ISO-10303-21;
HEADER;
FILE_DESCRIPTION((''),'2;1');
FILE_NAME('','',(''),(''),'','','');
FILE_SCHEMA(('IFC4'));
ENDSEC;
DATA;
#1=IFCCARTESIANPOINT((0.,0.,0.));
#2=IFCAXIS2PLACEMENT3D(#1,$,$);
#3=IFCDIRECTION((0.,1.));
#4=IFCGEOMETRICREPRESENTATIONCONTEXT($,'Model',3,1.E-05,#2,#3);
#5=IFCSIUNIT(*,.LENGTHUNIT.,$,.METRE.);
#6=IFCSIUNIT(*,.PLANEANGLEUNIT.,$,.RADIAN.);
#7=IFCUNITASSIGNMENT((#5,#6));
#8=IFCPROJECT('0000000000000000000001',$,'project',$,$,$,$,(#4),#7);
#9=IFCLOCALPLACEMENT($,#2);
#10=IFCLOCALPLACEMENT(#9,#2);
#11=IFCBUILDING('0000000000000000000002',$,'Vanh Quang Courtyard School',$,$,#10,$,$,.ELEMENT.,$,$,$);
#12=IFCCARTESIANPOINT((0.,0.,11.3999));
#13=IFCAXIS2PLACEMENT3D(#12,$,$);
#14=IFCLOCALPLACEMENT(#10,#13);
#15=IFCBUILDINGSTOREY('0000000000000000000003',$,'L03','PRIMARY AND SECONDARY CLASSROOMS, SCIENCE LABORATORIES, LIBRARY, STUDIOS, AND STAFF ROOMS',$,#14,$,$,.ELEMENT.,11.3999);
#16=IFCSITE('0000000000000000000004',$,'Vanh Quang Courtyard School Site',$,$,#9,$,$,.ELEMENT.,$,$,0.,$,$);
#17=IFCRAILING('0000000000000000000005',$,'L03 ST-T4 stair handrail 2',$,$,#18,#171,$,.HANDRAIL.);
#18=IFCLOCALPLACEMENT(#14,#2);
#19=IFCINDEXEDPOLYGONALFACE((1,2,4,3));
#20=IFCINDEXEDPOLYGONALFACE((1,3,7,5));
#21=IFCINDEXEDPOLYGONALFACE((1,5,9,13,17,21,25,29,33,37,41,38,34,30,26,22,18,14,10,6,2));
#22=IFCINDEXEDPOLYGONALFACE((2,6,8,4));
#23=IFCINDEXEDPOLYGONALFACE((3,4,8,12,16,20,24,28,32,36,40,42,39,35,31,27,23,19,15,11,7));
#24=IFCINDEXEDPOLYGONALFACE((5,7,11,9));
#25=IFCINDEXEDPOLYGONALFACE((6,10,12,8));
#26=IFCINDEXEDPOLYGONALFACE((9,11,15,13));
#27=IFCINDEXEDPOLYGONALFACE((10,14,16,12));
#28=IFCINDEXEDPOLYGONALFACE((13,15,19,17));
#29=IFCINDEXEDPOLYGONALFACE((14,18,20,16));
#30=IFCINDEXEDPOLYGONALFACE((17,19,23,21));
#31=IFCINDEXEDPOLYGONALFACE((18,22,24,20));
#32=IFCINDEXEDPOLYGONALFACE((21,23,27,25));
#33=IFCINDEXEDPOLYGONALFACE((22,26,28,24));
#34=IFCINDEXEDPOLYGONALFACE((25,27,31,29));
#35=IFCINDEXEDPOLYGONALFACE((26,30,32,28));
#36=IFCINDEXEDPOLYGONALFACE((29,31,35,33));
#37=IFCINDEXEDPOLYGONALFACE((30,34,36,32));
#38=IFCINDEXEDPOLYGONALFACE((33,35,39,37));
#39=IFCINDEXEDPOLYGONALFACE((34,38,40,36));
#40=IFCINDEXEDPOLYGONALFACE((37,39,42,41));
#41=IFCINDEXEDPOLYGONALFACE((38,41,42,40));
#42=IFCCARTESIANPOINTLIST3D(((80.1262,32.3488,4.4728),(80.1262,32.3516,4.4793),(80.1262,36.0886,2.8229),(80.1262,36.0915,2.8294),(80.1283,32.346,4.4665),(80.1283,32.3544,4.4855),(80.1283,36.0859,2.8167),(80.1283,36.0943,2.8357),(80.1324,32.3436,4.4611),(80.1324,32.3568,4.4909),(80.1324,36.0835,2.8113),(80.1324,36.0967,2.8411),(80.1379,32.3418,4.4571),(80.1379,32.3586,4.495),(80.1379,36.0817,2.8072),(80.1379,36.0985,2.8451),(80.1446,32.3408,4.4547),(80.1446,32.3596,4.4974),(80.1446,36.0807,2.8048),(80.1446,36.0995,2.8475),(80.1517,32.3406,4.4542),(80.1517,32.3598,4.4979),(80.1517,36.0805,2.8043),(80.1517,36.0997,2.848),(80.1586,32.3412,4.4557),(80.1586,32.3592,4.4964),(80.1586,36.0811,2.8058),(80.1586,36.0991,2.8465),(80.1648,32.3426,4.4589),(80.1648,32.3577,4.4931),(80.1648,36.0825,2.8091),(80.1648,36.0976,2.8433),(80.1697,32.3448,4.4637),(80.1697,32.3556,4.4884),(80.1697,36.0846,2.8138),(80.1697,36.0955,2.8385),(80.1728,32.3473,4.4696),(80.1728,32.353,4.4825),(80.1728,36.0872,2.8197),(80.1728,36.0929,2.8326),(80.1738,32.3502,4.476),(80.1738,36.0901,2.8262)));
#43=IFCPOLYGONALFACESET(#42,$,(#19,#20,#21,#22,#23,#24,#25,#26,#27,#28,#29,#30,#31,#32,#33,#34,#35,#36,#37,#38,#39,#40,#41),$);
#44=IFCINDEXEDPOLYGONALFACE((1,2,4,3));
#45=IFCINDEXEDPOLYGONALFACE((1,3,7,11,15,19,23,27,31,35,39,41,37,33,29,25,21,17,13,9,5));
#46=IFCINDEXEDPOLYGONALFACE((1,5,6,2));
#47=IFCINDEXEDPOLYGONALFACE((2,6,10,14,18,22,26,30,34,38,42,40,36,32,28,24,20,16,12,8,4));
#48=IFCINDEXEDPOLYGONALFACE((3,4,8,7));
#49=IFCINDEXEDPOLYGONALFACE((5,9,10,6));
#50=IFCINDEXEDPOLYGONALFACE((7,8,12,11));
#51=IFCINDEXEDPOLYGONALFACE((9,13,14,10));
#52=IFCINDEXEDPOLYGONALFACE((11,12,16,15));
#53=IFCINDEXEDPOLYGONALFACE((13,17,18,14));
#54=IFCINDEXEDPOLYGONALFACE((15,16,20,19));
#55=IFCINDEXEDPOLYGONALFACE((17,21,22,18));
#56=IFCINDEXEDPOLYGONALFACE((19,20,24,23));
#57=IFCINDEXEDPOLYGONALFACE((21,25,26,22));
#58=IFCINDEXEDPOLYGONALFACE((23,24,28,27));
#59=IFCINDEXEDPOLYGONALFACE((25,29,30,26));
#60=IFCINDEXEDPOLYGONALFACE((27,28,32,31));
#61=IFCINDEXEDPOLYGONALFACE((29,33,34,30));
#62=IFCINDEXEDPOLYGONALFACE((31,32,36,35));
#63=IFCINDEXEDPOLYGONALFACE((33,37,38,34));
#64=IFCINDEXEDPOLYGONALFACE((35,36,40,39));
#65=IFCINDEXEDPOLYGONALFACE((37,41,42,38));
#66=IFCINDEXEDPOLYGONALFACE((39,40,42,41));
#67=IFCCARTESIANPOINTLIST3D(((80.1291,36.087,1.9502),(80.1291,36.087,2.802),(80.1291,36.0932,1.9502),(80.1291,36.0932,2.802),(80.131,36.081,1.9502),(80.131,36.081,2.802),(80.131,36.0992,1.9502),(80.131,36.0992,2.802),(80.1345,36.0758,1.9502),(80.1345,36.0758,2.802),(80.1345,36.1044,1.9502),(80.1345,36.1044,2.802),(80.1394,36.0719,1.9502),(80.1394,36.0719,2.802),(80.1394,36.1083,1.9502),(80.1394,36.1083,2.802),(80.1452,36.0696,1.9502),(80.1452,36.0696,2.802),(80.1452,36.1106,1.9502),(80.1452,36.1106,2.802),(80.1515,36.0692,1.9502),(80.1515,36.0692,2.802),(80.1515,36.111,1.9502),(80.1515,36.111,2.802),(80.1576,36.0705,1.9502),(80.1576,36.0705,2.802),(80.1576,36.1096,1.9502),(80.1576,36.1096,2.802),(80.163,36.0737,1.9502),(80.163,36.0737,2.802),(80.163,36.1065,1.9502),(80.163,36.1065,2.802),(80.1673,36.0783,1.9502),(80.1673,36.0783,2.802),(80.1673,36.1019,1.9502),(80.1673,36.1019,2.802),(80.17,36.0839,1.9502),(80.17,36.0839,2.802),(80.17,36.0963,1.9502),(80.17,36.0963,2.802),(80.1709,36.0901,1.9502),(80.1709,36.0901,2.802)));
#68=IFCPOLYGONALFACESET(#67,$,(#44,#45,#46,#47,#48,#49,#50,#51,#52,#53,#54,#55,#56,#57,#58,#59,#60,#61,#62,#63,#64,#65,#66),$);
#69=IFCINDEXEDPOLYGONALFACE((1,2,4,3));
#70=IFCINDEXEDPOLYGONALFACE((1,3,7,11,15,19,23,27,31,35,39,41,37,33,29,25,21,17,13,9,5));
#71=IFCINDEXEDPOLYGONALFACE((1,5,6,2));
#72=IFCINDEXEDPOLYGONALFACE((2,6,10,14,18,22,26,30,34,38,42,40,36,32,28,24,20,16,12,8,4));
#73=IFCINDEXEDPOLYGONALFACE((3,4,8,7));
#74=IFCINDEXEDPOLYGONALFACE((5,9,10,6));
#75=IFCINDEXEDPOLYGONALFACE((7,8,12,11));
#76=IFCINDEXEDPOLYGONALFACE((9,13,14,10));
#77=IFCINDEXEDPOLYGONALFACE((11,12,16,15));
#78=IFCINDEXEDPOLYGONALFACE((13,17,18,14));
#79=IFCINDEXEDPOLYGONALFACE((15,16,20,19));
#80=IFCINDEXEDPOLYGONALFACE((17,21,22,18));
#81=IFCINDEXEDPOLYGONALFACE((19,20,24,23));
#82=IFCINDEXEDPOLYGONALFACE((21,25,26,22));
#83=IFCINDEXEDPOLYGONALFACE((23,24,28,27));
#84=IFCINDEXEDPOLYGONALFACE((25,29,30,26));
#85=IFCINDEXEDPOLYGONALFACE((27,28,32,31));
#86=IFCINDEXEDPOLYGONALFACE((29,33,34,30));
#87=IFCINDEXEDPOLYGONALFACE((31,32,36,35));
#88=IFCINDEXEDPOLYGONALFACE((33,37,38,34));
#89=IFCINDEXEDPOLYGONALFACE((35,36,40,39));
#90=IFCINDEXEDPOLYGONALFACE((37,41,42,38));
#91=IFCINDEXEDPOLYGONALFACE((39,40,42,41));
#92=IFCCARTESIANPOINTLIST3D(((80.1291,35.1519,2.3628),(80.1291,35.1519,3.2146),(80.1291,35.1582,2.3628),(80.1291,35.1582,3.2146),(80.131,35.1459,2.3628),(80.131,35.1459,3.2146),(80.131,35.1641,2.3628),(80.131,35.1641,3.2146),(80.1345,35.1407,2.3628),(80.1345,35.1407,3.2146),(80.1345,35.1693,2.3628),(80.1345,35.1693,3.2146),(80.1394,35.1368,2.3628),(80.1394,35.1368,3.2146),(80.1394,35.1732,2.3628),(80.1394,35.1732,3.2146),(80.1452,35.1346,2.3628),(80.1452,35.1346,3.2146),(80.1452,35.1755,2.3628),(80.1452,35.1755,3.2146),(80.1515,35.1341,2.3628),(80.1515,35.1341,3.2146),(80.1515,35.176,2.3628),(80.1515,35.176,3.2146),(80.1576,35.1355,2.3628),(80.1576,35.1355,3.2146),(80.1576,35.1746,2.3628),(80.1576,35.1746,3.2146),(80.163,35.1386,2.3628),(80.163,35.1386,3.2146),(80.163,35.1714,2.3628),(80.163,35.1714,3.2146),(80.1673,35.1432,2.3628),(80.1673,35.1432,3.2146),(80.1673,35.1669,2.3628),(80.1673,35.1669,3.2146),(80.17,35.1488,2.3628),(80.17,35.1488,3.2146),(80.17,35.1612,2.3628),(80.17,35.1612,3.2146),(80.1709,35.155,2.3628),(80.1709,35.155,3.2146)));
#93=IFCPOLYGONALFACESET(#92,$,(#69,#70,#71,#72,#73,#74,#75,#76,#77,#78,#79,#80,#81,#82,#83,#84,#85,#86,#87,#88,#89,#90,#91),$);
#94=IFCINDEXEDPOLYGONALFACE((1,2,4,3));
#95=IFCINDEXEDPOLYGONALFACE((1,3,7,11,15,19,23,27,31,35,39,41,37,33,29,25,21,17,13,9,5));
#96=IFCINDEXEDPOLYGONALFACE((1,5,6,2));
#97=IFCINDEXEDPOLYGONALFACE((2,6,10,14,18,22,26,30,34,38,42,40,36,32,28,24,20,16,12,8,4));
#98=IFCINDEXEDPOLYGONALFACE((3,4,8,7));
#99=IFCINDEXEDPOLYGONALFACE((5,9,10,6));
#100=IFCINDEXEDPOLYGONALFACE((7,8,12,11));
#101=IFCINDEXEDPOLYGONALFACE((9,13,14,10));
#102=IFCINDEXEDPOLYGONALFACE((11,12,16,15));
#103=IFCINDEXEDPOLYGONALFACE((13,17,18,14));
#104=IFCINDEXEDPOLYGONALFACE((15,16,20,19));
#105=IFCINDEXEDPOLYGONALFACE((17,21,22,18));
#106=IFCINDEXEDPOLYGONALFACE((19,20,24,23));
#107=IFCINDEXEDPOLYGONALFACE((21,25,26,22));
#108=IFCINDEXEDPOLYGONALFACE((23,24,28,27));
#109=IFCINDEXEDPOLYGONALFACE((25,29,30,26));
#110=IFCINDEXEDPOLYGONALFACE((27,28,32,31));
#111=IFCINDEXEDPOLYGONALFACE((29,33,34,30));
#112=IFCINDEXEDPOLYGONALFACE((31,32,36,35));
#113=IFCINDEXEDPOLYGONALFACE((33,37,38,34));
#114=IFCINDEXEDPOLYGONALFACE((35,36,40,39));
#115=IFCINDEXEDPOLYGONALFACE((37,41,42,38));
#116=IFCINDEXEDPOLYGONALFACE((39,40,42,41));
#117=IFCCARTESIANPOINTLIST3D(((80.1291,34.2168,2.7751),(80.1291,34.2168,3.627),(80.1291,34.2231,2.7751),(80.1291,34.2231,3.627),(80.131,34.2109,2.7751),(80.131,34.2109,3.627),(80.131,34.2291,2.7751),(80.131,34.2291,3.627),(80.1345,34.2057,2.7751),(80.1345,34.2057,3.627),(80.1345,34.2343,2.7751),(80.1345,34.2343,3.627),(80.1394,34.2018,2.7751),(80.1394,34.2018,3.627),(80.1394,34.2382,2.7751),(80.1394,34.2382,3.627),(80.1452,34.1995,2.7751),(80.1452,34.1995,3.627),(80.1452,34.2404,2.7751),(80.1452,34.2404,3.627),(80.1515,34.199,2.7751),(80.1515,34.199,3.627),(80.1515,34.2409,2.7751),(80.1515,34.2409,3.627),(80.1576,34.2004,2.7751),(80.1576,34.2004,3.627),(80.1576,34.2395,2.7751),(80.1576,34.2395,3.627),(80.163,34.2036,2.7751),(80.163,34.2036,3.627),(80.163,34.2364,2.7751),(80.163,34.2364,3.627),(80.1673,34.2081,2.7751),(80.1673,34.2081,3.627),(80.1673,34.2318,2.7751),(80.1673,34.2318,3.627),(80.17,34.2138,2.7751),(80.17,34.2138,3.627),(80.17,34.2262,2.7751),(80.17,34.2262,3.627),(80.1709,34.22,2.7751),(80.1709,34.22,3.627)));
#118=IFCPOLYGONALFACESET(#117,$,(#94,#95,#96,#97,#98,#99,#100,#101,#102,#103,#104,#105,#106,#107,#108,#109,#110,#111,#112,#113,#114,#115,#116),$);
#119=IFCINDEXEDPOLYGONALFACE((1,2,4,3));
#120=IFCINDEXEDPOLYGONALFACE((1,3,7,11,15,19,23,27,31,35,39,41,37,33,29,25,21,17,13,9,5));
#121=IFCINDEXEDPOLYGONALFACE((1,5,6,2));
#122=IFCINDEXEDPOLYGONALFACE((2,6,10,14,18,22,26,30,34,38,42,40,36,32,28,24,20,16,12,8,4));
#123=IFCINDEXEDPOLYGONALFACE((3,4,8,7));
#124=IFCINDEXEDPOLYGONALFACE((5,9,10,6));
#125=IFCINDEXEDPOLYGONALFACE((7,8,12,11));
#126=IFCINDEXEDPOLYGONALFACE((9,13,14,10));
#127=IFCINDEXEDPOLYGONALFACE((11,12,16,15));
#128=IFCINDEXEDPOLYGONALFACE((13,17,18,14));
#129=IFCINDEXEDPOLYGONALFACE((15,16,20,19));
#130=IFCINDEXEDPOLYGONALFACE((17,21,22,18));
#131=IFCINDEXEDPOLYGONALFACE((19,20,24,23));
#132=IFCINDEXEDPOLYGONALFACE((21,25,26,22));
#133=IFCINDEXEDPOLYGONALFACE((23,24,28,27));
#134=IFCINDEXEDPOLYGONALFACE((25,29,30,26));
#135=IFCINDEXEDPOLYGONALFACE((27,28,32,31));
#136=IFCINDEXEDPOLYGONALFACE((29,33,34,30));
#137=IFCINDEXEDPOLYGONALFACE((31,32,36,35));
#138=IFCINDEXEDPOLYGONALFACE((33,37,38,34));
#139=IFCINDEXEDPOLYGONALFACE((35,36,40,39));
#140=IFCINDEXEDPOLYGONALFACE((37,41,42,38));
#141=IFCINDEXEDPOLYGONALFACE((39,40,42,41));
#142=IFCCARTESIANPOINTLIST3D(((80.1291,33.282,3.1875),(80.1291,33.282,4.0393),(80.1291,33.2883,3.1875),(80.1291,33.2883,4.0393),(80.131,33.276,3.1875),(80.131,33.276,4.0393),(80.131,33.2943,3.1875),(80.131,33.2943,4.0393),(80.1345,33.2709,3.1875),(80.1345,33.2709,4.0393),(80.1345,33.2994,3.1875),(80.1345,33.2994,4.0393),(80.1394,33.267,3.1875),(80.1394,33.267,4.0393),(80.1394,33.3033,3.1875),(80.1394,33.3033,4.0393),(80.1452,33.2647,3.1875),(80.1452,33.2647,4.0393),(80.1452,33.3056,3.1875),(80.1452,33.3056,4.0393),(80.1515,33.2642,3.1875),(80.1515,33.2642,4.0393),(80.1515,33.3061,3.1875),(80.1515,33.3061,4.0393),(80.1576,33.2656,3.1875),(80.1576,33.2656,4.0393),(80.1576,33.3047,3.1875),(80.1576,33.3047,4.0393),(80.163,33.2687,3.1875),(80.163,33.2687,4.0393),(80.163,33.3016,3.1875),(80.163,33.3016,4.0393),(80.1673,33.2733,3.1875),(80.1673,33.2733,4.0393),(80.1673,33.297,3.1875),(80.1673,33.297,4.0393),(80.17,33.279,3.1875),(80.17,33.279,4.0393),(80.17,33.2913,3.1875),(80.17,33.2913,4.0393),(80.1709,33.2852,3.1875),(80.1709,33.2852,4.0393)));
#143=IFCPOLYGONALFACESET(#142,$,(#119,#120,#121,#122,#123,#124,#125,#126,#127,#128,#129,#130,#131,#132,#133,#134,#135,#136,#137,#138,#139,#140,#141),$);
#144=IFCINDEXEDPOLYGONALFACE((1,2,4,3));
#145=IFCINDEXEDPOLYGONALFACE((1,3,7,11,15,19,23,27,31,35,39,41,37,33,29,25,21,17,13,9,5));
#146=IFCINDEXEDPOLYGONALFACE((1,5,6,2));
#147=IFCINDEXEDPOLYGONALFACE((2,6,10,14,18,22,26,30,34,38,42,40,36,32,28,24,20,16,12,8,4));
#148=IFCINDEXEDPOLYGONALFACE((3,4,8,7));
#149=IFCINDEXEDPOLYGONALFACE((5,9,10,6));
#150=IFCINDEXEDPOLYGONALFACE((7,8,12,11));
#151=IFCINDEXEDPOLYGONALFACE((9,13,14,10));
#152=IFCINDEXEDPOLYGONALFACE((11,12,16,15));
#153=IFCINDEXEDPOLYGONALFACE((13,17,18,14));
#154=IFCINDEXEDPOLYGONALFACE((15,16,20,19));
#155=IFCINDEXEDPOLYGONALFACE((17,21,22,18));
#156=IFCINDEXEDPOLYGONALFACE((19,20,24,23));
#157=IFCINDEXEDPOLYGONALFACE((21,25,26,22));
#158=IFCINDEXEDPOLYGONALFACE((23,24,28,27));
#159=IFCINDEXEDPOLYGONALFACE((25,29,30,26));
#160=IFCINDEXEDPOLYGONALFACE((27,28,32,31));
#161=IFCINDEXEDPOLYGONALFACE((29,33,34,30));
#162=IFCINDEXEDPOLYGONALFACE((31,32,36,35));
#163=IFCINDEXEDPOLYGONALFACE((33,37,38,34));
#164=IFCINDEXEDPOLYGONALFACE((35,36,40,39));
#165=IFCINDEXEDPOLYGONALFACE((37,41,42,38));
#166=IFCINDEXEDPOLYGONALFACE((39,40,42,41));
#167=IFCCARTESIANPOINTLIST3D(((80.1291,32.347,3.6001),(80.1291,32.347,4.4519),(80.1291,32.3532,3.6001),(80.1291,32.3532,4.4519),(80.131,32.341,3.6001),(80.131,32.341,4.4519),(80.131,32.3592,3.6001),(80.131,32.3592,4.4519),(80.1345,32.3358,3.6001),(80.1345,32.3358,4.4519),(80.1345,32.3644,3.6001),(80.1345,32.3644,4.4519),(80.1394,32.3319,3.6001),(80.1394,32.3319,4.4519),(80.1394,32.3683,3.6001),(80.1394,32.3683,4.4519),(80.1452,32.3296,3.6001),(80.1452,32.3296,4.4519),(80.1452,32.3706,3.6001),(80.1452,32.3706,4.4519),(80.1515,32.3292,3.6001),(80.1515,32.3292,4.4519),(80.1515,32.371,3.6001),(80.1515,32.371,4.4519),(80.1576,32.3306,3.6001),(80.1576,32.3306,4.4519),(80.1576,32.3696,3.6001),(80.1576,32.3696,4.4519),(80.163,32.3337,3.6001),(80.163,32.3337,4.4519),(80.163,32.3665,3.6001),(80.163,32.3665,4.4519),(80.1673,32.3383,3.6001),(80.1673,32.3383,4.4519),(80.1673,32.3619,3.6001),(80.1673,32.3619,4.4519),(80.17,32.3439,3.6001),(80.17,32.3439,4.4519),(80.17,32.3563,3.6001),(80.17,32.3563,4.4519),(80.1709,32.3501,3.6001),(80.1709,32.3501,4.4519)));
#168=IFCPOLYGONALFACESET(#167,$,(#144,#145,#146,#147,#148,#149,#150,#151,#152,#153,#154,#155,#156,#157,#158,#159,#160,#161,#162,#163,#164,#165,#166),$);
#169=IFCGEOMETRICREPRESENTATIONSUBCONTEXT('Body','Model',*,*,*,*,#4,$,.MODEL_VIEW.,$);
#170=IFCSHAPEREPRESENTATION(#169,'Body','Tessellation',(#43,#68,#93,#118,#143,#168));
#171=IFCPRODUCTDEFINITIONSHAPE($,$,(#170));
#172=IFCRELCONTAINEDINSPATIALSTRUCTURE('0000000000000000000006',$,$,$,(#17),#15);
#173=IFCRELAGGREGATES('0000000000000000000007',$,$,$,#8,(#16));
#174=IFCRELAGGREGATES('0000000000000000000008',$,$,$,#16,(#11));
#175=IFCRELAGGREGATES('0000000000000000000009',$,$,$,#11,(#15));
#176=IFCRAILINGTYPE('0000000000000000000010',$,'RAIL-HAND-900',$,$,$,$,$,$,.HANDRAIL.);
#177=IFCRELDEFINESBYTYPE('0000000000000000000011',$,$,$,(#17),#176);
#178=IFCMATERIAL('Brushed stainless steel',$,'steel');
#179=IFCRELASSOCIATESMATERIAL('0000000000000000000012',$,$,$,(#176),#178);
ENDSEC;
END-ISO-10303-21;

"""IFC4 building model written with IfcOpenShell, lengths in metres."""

from ifc_helpers import new_model, si_unit, direction, frame, origin, origin_2d, place, context, subcontext, project, spatial, circle, extrude, material, type_object, element, save


model = new_model("IFC4")

# Units and contexts
model_context = context("Model", 3, precision=1e-05, world=origin(), true_north=direction((0.0, 1.0)))
body_context = subcontext(model_context, "Body", "Model", "MODEL_VIEW")
ifc_project = project(units=[si_unit("LENGTHUNIT", "METRE"), si_unit("PLANEANGLEUNIT", "RADIAN")], contexts=[model_context])

# Site, building, storey
site_placement = place(None, origin())
site = spatial("IfcSite", under=ifc_project, at=site_placement, Name="Vanh Quang Courtyard School Site", CompositionType="ELEMENT", RefElevation=0.0)
building_placement = place(site_placement, origin())
building = spatial("IfcBuilding", under=site, at=building_placement, Name="Vanh Quang Courtyard School", CompositionType="ELEMENT")
storey_placement = place(building_placement, frame((0.0, 0.0, 11.3999)))
storey = spatial("IfcBuildingStorey", under=building, at=storey_placement, Name="L03", Description="PRIMARY AND SECONDARY CLASSROOMS, SCIENCE LABORATORIES, LIBRARY, STUDIOS, AND STAFF ROOMS", CompositionType="ELEMENT", Elevation=11.3999)

# Railing
ifc_material_1 = material(Name="Brushed stainless steel", Category="steel")
railing_type_1 = type_object("IfcRailingType", Name="RAIL-HAND-900", PredefinedType="HANDRAIL", material=ifc_material_1)
railing_1_placement = place(storey_placement, frame((80.1499, 36.0901, 1.9502)))
element("IfcRailing", 1, at=railing_1_placement, inside=storey, type_object=railing_type_1, Name="L03 ST-T4 stair handrail 2", PredefinedType="HANDRAIL", context=body_context, shape_type="SweptSolid", body=[
    extrude(circle(Radius=0.0239, at=origin_2d()), frame((0.0, 0.0, 0.876), z_axis=(0.0, -0.914926, 0.403621), x_axis=(1.0, 0.0, 0.0)), (0.0, 0.0, 1.0), 4.0876),
    extrude(circle(Radius=0.021, at=origin_2d()), origin(), (0.0, 0.0, 1.0), 0.8518),
    extrude(circle(Radius=0.021, at=origin_2d()), frame((0.0, -0.9351, 0.4126)), (0.0, 0.0, 1.0), 0.8518),
    extrude(circle(Radius=0.021, at=origin_2d()), frame((0.0, -1.8701, 0.825)), (0.0, 0.0, 1.0), 0.8518),
    extrude(circle(Radius=0.021, at=origin_2d()), frame((0.0, -2.8049, 1.2373)), (0.0, 0.0, 1.0), 0.8518),
    extrude(circle(Radius=0.021, at=origin_2d()), frame((0.0, -3.74, 1.6499)), (0.0, 0.0, 1.0), 0.8518),
])

save(model, "model.ifc")
